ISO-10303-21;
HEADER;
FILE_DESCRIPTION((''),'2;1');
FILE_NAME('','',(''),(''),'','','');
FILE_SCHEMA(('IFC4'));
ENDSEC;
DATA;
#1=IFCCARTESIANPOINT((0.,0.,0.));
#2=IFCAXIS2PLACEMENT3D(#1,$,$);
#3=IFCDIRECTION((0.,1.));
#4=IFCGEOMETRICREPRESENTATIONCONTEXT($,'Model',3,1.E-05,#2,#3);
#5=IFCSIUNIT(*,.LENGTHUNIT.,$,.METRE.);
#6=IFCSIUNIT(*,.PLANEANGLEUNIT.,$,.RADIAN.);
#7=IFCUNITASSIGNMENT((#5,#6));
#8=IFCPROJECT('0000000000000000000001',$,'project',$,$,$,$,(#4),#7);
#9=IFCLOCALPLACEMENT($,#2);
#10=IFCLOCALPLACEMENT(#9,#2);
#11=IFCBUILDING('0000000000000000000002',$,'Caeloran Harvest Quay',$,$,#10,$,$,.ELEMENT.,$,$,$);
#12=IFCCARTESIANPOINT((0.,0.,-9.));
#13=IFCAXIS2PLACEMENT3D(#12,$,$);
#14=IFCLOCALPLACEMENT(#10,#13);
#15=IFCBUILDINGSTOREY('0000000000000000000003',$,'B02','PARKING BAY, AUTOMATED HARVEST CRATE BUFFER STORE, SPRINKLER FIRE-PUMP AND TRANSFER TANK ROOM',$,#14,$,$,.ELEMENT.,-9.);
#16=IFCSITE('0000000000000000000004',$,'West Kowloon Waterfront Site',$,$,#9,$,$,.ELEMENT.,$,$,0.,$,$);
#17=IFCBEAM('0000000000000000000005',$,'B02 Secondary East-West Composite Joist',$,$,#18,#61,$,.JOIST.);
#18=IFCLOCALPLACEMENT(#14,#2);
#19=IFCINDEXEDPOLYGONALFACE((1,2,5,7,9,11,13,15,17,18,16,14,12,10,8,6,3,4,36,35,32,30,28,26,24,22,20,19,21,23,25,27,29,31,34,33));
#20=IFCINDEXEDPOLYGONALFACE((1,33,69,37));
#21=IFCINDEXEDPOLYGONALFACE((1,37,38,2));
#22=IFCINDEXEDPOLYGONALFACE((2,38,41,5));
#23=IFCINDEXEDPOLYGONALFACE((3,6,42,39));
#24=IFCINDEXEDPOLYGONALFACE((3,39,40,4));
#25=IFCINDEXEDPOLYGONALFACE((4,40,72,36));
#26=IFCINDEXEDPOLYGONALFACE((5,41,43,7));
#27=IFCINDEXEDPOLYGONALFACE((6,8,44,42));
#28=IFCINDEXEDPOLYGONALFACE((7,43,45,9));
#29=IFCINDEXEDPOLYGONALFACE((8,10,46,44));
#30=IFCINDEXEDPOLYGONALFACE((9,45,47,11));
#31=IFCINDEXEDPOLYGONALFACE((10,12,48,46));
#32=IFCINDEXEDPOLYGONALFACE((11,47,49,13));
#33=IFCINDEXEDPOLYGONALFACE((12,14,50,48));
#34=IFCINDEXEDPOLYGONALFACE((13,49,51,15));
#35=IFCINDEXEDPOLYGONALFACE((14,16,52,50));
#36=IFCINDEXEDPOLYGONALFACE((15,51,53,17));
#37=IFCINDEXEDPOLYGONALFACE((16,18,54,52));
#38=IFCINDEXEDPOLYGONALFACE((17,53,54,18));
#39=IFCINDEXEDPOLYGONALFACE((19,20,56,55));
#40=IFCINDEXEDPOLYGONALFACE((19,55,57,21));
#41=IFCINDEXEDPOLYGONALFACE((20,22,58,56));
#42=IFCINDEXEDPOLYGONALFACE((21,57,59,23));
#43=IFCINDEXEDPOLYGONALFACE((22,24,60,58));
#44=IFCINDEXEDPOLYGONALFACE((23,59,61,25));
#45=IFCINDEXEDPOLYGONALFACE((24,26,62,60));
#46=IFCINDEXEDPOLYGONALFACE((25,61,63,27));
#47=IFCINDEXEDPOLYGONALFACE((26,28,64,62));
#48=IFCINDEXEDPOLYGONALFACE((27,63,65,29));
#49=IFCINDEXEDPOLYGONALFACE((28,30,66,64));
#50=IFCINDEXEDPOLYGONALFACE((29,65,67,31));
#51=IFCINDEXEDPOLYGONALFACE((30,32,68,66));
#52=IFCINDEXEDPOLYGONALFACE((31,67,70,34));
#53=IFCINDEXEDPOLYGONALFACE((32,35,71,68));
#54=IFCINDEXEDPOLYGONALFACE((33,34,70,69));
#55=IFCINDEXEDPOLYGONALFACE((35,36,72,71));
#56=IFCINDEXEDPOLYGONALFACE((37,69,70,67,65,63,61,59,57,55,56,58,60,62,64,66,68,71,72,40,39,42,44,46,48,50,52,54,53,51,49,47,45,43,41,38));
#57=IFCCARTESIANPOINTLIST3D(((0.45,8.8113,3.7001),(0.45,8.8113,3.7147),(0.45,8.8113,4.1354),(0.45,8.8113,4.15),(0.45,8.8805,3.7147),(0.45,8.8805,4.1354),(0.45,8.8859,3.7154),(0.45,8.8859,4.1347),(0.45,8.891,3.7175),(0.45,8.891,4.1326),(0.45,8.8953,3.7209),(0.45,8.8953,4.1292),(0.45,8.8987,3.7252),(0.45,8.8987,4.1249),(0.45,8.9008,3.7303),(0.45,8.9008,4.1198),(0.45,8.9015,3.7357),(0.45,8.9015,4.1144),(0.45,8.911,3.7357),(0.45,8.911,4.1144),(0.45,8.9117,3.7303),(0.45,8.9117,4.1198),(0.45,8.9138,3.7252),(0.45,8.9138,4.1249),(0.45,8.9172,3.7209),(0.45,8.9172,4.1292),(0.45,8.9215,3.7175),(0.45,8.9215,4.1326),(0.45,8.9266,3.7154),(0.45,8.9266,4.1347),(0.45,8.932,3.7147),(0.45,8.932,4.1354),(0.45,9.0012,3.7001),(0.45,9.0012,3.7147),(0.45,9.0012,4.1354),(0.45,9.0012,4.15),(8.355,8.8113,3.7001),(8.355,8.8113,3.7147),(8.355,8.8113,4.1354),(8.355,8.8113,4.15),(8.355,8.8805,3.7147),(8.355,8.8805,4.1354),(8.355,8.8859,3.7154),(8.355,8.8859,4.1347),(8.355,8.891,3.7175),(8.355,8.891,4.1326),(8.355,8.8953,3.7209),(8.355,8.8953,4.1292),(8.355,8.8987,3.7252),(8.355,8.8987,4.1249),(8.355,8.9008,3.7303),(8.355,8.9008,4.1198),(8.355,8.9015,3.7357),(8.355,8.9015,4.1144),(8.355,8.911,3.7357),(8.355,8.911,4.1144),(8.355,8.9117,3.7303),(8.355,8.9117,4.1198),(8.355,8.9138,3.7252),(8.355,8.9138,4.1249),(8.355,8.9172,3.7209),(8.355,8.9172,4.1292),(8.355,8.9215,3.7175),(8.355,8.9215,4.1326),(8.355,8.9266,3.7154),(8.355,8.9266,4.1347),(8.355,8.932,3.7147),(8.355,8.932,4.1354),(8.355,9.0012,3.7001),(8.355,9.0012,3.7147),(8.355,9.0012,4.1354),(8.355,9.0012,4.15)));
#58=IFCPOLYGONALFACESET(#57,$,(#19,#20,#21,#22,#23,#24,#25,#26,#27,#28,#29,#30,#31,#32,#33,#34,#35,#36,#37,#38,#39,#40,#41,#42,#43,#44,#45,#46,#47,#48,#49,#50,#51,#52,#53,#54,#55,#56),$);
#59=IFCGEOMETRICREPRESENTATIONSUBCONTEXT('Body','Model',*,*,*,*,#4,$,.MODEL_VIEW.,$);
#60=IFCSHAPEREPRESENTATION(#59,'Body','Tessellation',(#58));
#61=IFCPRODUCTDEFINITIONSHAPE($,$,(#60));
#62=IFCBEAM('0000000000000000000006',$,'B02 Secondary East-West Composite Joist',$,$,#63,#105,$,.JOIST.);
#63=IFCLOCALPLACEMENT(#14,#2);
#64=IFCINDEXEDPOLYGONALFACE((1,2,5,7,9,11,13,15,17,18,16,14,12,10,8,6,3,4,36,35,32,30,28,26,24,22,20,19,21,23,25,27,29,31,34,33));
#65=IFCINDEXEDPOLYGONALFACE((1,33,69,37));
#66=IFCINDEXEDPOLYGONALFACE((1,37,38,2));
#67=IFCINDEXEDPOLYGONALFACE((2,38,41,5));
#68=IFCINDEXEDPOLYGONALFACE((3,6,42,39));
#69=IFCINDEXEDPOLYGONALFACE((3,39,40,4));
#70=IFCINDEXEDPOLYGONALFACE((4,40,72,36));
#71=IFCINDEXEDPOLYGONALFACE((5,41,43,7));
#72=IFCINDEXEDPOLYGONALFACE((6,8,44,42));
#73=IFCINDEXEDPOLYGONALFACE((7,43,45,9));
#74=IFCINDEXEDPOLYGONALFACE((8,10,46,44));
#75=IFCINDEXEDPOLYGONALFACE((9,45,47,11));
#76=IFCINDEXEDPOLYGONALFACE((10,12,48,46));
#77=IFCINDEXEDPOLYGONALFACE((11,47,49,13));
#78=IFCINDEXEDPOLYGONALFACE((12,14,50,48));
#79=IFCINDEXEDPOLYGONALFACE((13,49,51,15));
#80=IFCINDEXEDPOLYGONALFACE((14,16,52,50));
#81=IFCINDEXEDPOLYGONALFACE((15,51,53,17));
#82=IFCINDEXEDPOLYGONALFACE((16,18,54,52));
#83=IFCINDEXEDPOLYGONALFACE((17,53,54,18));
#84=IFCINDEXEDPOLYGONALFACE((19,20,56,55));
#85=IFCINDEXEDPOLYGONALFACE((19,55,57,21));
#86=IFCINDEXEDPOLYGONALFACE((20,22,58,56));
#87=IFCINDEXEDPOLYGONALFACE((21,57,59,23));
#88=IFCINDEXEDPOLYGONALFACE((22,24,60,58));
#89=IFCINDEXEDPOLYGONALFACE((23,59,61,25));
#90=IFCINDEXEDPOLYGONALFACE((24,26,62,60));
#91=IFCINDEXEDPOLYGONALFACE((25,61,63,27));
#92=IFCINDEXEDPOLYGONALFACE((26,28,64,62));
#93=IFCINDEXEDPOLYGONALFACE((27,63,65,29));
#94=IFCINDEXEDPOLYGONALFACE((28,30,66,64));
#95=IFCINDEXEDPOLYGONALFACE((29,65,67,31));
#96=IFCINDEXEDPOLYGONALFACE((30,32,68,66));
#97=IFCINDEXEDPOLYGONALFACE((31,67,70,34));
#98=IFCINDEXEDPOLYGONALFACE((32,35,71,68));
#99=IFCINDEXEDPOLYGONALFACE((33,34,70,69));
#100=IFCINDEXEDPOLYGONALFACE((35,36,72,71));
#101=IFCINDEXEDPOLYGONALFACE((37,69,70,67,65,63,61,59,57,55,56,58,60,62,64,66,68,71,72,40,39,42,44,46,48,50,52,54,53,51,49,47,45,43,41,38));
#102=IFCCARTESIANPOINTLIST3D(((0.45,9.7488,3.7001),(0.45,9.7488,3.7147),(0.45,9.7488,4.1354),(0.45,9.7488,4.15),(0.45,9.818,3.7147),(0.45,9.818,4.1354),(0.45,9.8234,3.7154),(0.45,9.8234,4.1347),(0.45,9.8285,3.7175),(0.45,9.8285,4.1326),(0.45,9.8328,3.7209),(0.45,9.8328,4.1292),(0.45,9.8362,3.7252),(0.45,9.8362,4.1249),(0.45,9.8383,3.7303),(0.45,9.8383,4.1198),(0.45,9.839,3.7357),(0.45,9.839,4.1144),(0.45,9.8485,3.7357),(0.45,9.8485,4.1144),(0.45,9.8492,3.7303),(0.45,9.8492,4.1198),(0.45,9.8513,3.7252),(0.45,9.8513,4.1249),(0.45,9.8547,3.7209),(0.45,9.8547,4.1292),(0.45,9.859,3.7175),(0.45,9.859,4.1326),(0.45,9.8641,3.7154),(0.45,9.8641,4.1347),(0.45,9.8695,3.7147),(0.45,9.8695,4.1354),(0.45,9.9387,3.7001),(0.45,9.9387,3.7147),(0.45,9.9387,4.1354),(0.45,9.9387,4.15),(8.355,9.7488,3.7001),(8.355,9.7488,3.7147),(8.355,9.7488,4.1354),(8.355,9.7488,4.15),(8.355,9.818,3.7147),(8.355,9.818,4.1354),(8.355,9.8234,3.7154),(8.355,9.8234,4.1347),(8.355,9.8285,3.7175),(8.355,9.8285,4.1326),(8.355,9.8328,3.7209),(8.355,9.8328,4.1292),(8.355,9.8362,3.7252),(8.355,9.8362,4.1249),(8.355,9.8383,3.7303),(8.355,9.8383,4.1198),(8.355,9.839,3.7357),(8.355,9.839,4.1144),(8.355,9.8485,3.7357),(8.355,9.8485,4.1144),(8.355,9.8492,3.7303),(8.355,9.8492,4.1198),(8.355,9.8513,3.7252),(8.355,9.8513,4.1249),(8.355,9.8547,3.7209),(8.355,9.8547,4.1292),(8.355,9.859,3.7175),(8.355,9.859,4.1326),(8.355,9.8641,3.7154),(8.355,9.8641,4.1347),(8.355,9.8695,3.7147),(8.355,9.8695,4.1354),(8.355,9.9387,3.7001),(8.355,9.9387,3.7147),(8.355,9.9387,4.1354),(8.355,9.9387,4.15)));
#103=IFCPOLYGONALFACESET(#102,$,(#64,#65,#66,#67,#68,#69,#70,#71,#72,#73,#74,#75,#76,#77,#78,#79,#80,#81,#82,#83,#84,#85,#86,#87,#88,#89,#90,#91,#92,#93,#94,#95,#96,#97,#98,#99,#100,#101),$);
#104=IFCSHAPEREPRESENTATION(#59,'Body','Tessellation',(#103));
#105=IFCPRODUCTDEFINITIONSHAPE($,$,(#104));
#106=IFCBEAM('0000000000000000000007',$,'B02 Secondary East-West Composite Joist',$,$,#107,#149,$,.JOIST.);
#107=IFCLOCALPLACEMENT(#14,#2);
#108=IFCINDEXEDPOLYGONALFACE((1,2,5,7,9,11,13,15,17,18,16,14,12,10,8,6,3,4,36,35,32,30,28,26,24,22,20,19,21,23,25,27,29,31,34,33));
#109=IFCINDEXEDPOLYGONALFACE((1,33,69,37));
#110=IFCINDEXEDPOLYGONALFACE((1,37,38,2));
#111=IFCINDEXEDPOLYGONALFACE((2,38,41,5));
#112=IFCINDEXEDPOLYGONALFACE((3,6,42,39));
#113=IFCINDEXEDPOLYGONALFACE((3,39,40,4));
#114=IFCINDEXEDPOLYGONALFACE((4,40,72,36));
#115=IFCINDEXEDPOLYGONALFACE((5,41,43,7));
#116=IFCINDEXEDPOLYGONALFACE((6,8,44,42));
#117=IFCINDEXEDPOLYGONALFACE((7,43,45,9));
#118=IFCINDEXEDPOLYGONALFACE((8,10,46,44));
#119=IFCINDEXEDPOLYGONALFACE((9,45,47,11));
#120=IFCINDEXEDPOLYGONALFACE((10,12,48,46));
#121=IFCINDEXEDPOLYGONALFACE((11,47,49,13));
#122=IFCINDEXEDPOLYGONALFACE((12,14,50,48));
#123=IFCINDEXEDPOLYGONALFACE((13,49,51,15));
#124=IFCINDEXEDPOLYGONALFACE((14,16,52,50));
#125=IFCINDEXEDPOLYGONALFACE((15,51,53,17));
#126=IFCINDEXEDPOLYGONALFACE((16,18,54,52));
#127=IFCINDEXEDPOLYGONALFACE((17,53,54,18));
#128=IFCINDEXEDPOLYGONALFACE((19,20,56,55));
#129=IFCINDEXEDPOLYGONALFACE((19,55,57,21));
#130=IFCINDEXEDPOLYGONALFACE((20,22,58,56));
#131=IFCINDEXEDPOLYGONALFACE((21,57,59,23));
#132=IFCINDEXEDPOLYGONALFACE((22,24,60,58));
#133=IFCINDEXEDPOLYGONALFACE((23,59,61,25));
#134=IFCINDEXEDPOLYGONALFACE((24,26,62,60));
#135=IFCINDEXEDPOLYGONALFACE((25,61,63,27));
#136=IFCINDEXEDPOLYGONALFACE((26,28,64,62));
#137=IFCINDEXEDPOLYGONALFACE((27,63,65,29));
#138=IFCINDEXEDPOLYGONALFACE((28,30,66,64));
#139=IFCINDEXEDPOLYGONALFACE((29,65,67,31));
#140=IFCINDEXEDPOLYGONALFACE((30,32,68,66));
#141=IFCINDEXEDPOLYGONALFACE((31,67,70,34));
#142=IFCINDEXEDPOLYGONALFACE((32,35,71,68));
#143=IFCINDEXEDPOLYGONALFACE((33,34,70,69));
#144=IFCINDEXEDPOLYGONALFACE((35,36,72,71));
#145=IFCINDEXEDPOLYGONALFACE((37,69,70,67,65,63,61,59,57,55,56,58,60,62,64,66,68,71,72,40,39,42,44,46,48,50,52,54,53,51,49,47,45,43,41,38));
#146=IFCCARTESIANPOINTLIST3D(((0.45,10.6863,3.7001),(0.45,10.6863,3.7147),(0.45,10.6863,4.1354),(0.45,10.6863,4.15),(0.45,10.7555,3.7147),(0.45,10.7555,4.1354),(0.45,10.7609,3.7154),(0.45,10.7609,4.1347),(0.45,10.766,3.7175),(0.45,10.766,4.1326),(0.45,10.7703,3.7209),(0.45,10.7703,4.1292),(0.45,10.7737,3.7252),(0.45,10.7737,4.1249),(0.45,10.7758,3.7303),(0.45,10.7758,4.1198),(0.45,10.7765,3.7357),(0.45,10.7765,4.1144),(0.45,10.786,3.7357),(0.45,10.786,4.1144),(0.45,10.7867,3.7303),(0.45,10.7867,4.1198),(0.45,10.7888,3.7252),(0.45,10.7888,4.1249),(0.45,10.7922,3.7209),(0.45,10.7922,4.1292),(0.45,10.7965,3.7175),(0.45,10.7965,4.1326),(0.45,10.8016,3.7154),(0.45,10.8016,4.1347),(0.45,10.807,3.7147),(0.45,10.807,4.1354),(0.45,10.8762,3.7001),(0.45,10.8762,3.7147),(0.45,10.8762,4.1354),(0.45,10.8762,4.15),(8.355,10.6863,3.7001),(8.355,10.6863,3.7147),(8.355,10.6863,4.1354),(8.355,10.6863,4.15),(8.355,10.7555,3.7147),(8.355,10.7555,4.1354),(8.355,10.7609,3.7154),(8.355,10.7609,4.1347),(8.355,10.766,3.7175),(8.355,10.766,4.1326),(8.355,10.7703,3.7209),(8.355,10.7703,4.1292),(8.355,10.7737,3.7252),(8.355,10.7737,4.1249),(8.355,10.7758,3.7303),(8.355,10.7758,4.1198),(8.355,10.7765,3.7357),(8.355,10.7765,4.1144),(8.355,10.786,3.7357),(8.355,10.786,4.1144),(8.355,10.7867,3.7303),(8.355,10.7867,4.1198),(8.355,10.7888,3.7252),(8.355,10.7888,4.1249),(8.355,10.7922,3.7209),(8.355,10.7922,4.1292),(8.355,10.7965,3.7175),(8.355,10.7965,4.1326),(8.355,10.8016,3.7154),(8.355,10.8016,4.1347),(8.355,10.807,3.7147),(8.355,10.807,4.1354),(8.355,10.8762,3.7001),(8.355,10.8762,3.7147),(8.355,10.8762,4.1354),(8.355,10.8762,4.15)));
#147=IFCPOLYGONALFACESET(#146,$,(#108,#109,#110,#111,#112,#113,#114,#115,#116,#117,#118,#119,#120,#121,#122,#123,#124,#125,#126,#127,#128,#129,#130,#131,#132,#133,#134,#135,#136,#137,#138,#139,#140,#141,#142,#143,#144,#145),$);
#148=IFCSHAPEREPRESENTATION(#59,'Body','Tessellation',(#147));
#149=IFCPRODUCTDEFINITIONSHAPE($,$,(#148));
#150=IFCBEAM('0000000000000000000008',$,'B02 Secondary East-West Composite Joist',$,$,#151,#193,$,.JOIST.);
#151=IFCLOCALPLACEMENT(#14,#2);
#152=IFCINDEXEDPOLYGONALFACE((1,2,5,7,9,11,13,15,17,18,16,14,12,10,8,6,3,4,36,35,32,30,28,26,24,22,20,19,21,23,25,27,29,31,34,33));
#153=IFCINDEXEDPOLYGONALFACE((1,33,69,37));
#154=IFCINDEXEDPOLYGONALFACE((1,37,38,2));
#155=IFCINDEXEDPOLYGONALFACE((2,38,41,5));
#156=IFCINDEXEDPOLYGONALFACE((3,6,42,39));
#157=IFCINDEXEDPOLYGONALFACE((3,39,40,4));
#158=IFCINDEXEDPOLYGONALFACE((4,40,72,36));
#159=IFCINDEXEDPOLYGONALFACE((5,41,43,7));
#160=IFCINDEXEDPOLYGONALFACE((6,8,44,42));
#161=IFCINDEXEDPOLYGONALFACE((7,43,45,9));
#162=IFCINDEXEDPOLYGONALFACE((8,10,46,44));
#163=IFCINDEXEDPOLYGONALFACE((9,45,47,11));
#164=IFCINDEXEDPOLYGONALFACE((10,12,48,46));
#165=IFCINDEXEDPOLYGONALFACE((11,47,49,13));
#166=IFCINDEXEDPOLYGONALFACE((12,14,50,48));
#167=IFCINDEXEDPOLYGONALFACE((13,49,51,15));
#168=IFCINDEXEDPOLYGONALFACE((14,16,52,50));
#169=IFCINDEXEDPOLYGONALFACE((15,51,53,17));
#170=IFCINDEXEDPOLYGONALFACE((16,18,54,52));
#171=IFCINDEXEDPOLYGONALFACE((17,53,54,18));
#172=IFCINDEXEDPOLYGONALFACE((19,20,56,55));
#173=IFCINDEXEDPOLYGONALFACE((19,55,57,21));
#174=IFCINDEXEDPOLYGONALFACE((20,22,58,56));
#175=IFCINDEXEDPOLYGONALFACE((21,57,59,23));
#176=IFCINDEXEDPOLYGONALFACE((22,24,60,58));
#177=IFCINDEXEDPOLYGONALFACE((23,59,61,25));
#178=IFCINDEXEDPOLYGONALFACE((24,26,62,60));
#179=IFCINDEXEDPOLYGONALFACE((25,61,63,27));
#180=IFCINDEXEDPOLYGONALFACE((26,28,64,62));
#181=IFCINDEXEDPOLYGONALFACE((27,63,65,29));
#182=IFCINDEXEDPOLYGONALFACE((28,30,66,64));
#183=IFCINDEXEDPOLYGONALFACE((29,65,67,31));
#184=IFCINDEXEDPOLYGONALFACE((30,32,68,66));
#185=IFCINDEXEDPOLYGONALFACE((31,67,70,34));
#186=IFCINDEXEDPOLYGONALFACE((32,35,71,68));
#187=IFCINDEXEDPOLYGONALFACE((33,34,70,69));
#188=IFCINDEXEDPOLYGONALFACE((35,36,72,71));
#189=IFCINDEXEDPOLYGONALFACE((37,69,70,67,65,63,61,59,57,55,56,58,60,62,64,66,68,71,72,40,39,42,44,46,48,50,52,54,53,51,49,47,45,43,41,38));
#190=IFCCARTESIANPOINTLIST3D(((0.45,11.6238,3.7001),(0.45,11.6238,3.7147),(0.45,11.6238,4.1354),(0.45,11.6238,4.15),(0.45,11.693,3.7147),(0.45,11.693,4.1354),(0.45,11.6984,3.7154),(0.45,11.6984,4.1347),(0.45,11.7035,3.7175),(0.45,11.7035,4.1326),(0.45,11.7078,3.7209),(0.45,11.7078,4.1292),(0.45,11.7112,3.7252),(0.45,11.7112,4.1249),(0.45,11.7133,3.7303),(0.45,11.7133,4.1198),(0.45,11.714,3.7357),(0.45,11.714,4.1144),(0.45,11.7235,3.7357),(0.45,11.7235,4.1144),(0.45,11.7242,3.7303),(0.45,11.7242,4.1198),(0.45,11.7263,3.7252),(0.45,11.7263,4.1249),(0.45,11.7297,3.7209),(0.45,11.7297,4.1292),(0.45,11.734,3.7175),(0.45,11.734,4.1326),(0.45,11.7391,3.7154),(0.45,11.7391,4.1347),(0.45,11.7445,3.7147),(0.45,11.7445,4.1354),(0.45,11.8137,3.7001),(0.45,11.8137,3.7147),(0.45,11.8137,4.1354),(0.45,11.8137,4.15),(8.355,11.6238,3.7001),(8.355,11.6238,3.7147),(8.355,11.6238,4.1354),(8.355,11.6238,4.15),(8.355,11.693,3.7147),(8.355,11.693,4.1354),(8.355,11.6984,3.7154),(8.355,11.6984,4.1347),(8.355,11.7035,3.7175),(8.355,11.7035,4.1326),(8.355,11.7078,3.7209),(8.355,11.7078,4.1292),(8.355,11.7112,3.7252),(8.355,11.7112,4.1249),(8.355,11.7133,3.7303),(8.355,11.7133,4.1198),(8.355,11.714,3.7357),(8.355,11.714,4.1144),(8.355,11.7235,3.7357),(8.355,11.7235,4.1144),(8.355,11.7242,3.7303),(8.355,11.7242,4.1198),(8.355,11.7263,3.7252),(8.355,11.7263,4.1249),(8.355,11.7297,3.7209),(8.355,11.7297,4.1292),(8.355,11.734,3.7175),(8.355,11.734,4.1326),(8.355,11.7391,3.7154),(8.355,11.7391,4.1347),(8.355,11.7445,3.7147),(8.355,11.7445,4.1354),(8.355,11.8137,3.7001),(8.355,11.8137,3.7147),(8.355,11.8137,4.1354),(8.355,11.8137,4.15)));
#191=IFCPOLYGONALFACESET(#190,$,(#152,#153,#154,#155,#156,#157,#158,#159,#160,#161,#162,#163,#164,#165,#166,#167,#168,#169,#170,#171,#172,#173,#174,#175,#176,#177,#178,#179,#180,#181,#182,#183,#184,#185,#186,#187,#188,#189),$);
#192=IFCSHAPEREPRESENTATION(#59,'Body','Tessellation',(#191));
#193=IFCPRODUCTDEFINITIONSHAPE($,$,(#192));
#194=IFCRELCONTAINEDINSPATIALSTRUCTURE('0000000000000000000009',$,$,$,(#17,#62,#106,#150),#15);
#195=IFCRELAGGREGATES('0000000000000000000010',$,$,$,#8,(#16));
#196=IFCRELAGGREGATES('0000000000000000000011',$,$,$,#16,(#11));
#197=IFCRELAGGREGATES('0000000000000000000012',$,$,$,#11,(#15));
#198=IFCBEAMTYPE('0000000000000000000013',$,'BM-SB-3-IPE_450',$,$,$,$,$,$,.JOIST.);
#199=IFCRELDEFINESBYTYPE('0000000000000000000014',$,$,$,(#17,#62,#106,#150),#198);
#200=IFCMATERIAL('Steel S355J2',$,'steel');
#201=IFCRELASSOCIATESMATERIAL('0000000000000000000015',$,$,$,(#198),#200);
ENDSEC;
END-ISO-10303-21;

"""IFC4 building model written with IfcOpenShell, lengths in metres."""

from ifc_helpers import new_model, si_unit, direction, frame, origin, origin_2d, place, context, subcontext, project, spatial, i_section, extrude, material, material_profile, profile_set, type_object, element, save


model = new_model("IFC4")

# Units and contexts
model_context = context("Model", 3, precision=1e-05, world=origin(), true_north=direction((0.0, 1.0)))
body_context = subcontext(model_context, "Body", "Model", "MODEL_VIEW")
ifc_project = project(units=[si_unit("LENGTHUNIT", "METRE"), si_unit("PLANEANGLEUNIT", "RADIAN")], contexts=[model_context])

# Site, building, storey
site_placement = place(None, origin())
site = spatial("IfcSite", under=ifc_project, at=site_placement, Name="West Kowloon Waterfront Site", CompositionType="ELEMENT", RefElevation=0.0)
building_placement = place(site_placement, origin())
building = spatial("IfcBuilding", under=site, at=building_placement, Name="Caeloran Harvest Quay", CompositionType="ELEMENT")
storey_placement = place(building_placement, frame((0.0, 0.0, -9.0)))
storey = spatial("IfcBuildingStorey", under=building, at=storey_placement, Name="B02", Description="PARKING BAY, AUTOMATED HARVEST CRATE BUFFER STORE, SPRINKLER FIRE-PUMP AND TRANSFER TANK ROOM", CompositionType="ELEMENT", Elevation=-9.0)

# Beams
ifc_material_1 = material(Name="Steel S355J2", Category="steel")
ifc_material_profile_1 = material_profile(ifc_material_1, i_section(OverallWidth=0.1899, OverallDepth=0.45, WebThickness=0.0095, FlangeThickness=0.0146, FilletRadius=0.021, at=origin_2d()), Name="IPE 450")
ifc_profile_set_1 = profile_set([ifc_material_profile_1], Name="Steel S355J2")
beam_type_1 = type_object("IfcBeamType", Name="BM-SB-3-IPE_450", PredefinedType="JOIST", material=ifc_profile_set_1)
for number, where, z_axis, x_axis, name in (
    (1, (0.45, 8.9062, 3.925), (1.0, 0.0, 0.0), (0.0, 1.0, 0.0), "B02 Secondary East-West Composite Joist"),
    (2, (0.45, 9.8438, 3.925), (1.0, 0.0, 0.0), (0.0, 1.0, 0.0), "B02 Secondary East-West Composite Joist"),
    (3, (0.45, 10.7812, 3.925), (1.0, 0.0, 0.0), (0.0, 1.0, 0.0), "B02 Secondary East-West Composite Joist"),
    (4, (0.45, 11.7188, 3.925), (1.0, 0.0, 0.0), (0.0, 1.0, 0.0), "B02 Secondary East-West Composite Joist"),
):
    element("IfcBeam", number, at=place(storey_placement, frame(where, z_axis=z_axis, x_axis=x_axis)), inside=storey, type_object=beam_type_1, Name=name, PredefinedType="JOIST", context=body_context, shape_type="SweptSolid", body=[
        extrude(i_section(OverallWidth=0.1899, OverallDepth=0.45, WebThickness=0.0095, FlangeThickness=0.0146, FilletRadius=0.021, at=origin_2d()), origin(), (0.0, 0.0, 1.0), 7.905),
    ])

save(model, "model.ifc")
